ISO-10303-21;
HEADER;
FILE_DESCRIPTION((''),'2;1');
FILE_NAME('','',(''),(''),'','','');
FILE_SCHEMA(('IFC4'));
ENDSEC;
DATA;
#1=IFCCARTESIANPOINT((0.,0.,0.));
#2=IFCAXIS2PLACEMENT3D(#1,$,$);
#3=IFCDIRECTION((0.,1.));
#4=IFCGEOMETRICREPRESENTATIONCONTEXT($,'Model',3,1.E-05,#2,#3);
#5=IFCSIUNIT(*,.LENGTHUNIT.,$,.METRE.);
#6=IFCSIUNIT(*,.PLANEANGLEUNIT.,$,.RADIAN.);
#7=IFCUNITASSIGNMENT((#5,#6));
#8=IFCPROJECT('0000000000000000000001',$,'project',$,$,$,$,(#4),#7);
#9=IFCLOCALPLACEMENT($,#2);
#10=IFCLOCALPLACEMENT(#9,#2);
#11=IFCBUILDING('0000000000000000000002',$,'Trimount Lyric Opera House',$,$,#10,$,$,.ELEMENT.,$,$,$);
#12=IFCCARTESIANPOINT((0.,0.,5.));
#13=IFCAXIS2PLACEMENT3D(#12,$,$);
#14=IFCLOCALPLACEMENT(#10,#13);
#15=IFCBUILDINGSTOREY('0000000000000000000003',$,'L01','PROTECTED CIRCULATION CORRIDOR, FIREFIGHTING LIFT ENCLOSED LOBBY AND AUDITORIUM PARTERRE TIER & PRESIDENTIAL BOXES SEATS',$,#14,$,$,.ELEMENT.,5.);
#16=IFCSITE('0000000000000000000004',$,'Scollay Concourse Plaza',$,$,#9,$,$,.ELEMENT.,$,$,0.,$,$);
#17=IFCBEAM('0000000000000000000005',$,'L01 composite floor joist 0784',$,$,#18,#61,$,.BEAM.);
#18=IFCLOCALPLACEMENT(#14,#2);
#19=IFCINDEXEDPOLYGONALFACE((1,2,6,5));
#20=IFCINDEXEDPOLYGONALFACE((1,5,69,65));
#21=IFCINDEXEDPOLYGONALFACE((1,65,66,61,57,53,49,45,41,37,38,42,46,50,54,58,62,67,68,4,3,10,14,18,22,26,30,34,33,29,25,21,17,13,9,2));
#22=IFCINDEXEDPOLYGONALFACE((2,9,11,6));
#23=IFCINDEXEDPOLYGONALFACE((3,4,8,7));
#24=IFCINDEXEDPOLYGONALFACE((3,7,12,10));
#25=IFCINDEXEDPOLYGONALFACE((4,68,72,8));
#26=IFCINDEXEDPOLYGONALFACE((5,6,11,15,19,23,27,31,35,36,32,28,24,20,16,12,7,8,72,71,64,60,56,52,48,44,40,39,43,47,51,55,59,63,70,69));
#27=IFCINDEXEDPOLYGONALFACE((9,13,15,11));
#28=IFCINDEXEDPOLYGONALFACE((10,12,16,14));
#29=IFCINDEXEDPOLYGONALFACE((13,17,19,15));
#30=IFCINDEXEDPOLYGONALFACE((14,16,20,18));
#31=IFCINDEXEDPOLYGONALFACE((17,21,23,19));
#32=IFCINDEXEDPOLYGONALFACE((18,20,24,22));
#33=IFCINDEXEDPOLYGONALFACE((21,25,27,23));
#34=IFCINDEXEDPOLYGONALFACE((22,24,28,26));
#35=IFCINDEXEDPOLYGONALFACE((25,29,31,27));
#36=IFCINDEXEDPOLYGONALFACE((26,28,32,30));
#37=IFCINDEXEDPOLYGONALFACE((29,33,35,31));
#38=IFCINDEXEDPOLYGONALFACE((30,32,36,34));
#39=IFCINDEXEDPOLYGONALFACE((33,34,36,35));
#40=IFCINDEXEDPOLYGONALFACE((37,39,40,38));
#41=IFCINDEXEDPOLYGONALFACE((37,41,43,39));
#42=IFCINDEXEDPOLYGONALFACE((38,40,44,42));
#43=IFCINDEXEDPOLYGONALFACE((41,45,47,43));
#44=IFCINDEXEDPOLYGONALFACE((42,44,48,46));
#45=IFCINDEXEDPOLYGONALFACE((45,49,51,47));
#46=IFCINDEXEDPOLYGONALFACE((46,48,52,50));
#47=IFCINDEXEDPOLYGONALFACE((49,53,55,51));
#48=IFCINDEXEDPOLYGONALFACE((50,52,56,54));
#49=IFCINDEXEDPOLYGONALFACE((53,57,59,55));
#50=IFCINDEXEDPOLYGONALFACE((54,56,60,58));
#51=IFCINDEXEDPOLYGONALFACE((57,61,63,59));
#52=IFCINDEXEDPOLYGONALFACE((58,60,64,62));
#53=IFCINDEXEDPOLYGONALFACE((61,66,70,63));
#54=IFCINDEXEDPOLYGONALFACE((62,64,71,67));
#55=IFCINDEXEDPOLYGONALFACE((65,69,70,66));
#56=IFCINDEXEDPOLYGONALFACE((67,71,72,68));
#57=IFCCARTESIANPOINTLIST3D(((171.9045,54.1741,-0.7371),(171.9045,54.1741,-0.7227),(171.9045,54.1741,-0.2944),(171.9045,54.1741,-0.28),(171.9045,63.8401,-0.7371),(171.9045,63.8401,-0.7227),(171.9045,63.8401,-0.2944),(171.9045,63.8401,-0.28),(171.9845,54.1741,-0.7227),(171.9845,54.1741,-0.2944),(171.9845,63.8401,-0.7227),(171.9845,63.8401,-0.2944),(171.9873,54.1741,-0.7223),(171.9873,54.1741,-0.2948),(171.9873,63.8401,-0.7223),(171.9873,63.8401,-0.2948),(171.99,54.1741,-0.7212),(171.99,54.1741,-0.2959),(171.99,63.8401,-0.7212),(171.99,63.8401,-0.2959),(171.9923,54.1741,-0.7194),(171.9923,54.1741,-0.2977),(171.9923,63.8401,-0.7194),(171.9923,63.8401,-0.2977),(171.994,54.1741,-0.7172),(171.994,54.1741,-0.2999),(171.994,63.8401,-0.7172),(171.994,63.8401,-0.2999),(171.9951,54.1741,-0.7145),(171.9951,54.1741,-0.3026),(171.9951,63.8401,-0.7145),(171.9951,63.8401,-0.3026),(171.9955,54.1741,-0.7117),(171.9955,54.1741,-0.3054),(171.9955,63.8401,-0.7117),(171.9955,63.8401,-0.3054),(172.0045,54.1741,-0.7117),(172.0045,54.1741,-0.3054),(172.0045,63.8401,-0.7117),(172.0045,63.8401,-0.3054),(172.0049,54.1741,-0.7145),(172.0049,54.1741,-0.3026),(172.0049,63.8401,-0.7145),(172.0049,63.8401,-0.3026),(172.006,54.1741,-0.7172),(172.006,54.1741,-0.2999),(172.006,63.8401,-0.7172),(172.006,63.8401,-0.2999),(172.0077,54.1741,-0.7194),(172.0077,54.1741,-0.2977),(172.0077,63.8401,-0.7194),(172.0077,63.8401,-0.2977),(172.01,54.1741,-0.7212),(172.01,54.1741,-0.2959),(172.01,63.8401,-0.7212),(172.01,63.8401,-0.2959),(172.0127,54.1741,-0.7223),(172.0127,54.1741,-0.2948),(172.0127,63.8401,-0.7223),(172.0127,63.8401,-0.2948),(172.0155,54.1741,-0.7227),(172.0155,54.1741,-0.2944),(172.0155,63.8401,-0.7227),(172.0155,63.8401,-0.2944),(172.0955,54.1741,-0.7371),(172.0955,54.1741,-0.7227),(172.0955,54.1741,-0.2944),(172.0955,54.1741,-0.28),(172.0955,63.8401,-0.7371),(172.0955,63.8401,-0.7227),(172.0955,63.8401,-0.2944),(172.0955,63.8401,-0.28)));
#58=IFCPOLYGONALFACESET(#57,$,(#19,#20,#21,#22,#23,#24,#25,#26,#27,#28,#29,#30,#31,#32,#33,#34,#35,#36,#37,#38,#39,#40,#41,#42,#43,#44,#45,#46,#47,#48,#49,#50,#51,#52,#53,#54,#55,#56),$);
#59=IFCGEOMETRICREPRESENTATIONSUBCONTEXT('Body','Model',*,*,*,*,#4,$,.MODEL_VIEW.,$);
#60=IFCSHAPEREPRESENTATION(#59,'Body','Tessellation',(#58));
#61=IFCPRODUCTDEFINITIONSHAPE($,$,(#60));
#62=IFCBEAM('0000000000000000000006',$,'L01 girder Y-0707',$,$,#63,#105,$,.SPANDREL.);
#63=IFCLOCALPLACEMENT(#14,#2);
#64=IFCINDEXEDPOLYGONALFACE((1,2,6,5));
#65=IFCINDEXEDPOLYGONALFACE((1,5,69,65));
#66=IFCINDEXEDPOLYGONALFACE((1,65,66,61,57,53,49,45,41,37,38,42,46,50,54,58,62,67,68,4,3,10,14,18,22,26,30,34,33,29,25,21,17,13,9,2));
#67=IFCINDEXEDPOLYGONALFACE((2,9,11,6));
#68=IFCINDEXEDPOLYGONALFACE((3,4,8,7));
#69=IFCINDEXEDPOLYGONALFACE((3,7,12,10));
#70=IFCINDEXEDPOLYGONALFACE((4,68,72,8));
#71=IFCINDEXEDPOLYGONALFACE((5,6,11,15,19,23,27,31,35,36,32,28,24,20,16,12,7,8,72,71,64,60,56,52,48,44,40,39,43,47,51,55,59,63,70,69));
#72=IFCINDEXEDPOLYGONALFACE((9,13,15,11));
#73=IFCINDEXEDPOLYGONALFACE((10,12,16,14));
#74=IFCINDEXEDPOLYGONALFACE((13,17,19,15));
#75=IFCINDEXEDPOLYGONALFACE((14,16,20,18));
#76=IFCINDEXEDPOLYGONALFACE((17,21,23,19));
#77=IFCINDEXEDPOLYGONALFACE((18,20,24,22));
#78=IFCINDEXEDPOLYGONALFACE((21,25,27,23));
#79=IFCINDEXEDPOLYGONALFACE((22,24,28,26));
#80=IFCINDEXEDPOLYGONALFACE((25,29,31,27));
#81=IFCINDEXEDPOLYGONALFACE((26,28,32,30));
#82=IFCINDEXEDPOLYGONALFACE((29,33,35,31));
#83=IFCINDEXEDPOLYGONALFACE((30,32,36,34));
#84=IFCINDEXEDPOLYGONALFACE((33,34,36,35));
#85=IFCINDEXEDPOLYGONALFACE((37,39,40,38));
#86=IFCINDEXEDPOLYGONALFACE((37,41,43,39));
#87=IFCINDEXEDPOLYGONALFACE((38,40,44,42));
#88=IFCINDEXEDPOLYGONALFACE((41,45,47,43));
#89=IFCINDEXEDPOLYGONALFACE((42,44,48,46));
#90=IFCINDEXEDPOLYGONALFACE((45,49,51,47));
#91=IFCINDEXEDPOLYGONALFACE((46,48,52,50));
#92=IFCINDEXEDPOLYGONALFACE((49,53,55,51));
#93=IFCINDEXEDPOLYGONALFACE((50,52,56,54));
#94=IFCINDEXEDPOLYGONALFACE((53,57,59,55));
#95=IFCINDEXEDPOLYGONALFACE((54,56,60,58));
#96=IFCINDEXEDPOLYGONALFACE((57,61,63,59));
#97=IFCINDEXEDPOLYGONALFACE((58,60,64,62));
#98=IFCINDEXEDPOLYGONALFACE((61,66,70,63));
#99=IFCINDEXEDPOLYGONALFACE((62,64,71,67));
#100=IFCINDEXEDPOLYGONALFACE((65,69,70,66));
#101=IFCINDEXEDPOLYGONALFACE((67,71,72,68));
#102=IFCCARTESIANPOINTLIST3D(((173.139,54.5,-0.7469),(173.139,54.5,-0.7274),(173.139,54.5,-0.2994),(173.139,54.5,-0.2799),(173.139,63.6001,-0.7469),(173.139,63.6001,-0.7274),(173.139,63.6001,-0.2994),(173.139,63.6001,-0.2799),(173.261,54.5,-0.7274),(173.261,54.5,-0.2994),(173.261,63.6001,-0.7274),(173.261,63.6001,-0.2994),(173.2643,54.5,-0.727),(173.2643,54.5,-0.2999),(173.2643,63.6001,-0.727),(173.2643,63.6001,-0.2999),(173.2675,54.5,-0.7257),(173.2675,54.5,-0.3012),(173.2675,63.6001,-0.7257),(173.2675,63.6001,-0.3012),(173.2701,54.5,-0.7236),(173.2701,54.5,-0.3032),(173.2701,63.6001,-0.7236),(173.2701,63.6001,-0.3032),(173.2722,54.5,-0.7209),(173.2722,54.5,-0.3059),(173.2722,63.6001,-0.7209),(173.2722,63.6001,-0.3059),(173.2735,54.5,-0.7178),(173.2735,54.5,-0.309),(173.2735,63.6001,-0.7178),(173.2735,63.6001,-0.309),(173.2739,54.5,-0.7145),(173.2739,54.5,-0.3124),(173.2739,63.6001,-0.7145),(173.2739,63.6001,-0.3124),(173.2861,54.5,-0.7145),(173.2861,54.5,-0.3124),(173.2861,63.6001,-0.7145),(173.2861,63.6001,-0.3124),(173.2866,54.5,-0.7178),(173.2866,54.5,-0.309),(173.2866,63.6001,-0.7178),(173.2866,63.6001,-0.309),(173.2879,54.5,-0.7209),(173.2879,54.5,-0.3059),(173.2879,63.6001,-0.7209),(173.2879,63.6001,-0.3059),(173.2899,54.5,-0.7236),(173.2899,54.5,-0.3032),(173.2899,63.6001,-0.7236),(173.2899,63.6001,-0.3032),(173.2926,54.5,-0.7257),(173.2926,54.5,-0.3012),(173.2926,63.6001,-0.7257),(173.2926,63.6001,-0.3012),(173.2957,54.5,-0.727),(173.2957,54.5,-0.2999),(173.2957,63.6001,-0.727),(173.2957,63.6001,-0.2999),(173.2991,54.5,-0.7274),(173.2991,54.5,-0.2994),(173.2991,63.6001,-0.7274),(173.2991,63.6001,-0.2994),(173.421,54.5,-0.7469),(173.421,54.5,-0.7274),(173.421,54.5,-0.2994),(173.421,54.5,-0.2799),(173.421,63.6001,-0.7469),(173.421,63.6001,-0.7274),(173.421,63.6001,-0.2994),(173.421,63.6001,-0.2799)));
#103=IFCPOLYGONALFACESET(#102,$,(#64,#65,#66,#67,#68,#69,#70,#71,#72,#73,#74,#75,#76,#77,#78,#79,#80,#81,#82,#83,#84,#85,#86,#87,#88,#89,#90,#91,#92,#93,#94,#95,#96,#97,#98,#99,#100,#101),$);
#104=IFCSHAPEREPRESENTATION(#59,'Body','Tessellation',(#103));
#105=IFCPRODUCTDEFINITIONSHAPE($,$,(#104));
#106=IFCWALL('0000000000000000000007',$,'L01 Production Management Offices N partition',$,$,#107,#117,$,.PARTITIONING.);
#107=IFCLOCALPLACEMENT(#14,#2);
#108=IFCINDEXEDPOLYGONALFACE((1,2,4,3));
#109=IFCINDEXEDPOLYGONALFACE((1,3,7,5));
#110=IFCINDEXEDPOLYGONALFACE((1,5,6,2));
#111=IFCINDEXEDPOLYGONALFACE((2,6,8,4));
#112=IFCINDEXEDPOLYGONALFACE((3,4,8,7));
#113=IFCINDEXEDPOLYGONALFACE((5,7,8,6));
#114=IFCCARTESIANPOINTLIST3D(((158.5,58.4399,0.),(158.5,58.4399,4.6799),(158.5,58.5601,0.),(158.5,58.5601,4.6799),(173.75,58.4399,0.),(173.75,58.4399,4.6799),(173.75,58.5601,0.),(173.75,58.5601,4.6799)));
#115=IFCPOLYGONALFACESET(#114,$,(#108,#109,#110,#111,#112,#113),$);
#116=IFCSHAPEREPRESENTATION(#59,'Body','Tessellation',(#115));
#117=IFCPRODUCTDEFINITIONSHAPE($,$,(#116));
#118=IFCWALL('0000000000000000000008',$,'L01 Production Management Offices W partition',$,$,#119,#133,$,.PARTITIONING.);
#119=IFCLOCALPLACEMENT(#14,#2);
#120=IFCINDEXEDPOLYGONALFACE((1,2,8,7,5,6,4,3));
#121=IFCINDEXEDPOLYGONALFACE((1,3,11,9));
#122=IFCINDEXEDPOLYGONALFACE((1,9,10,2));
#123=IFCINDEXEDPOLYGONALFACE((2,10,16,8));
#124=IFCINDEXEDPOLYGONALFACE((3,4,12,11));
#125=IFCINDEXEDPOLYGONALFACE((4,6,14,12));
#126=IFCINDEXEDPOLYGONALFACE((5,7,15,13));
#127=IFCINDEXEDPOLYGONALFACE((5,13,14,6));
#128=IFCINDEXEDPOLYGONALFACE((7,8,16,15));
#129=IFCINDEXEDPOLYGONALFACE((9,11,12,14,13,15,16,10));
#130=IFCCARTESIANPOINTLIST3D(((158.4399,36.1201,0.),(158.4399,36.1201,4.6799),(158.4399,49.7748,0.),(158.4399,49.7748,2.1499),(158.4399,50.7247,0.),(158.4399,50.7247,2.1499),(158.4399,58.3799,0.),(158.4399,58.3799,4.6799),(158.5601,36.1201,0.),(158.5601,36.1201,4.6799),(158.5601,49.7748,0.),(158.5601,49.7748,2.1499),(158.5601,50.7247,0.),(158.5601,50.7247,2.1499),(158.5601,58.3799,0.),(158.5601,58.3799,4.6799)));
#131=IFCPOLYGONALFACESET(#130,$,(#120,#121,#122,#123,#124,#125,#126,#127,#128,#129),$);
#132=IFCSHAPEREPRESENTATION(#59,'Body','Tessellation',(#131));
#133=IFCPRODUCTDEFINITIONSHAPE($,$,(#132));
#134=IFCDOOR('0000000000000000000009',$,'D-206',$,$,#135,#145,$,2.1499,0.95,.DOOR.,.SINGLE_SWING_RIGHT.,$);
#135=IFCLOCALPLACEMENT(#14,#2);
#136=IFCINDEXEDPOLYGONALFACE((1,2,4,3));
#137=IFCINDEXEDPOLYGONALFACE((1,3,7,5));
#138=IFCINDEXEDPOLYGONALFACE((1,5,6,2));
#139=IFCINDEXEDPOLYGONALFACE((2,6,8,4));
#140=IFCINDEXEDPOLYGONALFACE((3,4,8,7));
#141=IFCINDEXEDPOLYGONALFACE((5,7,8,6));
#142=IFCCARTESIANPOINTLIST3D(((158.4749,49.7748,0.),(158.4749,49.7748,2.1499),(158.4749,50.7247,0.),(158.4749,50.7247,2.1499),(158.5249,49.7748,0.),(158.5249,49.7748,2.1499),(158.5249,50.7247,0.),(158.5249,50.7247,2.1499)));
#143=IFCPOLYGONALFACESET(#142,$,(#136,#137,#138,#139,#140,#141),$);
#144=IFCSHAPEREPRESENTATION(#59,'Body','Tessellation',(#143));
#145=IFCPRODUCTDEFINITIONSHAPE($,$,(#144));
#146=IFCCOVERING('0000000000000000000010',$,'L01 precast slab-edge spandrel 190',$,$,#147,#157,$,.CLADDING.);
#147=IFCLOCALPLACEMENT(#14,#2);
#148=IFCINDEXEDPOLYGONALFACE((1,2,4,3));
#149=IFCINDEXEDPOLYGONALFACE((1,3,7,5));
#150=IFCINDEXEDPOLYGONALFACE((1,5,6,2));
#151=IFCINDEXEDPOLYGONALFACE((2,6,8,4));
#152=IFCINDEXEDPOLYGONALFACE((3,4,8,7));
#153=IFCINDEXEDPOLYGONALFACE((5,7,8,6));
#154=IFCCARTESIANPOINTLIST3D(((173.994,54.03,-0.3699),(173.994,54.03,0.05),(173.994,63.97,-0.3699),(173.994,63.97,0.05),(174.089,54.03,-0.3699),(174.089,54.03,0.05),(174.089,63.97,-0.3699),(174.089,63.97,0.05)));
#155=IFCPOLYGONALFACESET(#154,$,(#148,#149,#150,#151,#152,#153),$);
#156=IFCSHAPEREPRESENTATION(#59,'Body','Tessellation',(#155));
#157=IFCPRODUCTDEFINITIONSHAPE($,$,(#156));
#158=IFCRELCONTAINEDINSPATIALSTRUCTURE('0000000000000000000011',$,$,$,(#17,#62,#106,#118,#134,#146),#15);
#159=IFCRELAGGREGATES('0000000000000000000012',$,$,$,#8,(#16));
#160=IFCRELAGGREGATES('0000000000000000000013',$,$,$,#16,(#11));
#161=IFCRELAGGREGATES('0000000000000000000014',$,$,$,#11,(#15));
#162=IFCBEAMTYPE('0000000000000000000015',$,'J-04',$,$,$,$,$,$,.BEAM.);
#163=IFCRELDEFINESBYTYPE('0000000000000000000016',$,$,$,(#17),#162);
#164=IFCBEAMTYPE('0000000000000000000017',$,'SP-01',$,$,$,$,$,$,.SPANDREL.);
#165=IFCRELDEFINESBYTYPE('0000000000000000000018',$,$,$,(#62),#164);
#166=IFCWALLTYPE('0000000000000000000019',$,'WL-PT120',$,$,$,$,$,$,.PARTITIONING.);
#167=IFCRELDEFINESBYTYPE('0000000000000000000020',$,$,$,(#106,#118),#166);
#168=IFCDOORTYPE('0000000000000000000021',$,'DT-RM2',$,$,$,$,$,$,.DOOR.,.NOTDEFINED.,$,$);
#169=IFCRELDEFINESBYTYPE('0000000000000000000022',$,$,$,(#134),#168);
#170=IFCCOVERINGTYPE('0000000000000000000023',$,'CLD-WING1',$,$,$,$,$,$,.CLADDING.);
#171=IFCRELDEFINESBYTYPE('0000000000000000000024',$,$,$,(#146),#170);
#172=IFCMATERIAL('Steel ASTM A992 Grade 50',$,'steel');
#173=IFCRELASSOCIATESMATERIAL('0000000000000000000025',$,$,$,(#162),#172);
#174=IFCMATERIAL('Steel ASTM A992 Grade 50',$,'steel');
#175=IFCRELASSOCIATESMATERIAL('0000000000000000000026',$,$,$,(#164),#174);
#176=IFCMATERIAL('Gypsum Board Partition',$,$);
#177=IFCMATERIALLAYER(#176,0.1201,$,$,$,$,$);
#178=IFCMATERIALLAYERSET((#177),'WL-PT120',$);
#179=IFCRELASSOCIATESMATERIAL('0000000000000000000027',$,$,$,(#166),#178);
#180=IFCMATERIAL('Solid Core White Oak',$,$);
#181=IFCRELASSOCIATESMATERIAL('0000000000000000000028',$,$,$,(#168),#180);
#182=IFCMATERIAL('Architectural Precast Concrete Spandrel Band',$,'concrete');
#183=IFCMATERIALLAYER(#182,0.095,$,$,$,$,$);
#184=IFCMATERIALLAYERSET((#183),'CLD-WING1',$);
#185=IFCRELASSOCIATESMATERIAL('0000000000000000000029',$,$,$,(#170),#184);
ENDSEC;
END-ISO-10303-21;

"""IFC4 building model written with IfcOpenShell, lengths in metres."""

from ifc_helpers import new_model, si_unit, direction, frame, frame_2d, origin, origin_2d, place, context, subcontext, project, spatial, rectangle, i_section, extrude, material, layer, layer_set, material_profile, profile_set, type_object, element, fill, save


model = new_model("IFC4")

# Units and contexts
model_context = context("Model", 3, precision=1e-05, world=origin(), true_north=direction((0.0, 1.0)))
body_context = subcontext(model_context, "Body", "Model", "MODEL_VIEW")
ifc_project = project(units=[si_unit("LENGTHUNIT", "METRE"), si_unit("PLANEANGLEUNIT", "RADIAN")], contexts=[model_context])

# Site, building, storey
site_placement = place(None, origin())
site = spatial("IfcSite", under=ifc_project, at=site_placement, Name="Scollay Concourse Plaza", CompositionType="ELEMENT", RefElevation=0.0)
building_placement = place(site_placement, origin())
building = spatial("IfcBuilding", under=site, at=building_placement, Name="Trimount Lyric Opera House", CompositionType="ELEMENT")
storey_placement = place(building_placement, frame((0.0, 0.0, 5.0)))
storey = spatial("IfcBuildingStorey", under=building, at=storey_placement, Name="L01", Description="PROTECTED CIRCULATION CORRIDOR, FIREFIGHTING LIFT ENCLOSED LOBBY AND AUDITORIUM PARTERRE TIER & PRESIDENTIAL BOXES SEATS", CompositionType="ELEMENT", Elevation=5.0)

# Beams
ifc_material_1 = material(Name="Steel ASTM A992 Grade 50", Category="steel")
ifc_material_profile_1 = material_profile(ifc_material_1, i_section(OverallWidth=0.1909, OverallDepth=0.457, WebThickness=0.009, FlangeThickness=0.0144, FilletRadius=0.011, at=origin_2d()), Name="W18X50")
ifc_profile_set_1 = profile_set([ifc_material_profile_1], Name="Steel ASTM A992 Grade 50")
beam_type_1 = type_object("IfcBeamType", Name="J-04", PredefinedType="BEAM", material=ifc_profile_set_1)
beam_1_placement = place(storey_placement, frame((172.0, 54.1741, -0.5085), z_axis=(0.0, 1.0, 0.0), x_axis=(-1.0, 0.0, 0.0)))
element("IfcBeam", 1, at=beam_1_placement, inside=storey, type_object=beam_type_1, Name="L01 composite floor joist 0784", PredefinedType="BEAM", context=body_context, shape_type="SweptSolid", body=[
    extrude(i_section(OverallWidth=0.1909, OverallDepth=0.457, WebThickness=0.009, FlangeThickness=0.0144, FilletRadius=0.011, at=origin_2d()), origin(), (0.0, 0.0, 1.0), 9.666),
])
ifc_material_2 = material(Name="Steel ASTM A992 Grade 50", Category="steel")
ifc_material_profile_2 = material_profile(ifc_material_2, i_section(OverallWidth=0.282, OverallDepth=0.467, WebThickness=0.0122, FlangeThickness=0.0195, FilletRadius=0.0129, at=origin_2d()), Name="W18X86")
ifc_profile_set_2 = profile_set([ifc_material_profile_2], Name="Steel ASTM A992 Grade 50")
beam_type_2 = type_object("IfcBeamType", Name="SP-01", PredefinedType="SPANDREL", material=ifc_profile_set_2)
beam_2_placement = place(storey_placement, frame((173.28, 54.5, -0.5134), z_axis=(0.0, 1.0, 0.0), x_axis=(-1.0, 0.0, 0.0)))
element("IfcBeam", 2, at=beam_2_placement, inside=storey, type_object=beam_type_2, Name="L01 girder Y-0707", PredefinedType="SPANDREL", context=body_context, shape_type="SweptSolid", body=[
    extrude(i_section(OverallWidth=0.282, OverallDepth=0.467, WebThickness=0.0122, FlangeThickness=0.0195, FilletRadius=0.0129, at=origin_2d()), origin(), (0.0, 0.0, 1.0), 9.1001),
])

# Wall
ifc_material_3 = material(Name="Gypsum Board Partition")
ifc_layer_1 = layer(ifc_material_3, 0.1201)
ifc_layer_set_1 = layer_set([ifc_layer_1], Name="WL-PT120")
wall_type = type_object("IfcWallType", Name="WL-PT120", PredefinedType="PARTITIONING", material=ifc_layer_set_1)
wall_1_placement = place(storey_placement, frame((173.75, 58.5, 0.0), z_axis=(0.0, 0.0, 1.0), x_axis=(-1.0, 0.0, 0.0)))
element("IfcWall", 3, at=wall_1_placement, inside=storey, type_object=wall_type, Name="L01 Production Management Offices N partition", PredefinedType="PARTITIONING", context=body_context, shape_type="SweptSolid", body=[
    extrude(rectangle(XDim=15.25, YDim=0.1201, at=frame_2d((7.625, 0.0))), origin(), (0.0, 0.0, 1.0), 4.6799),
])

# Wall, opening, door
wall_2_placement = place(storey_placement, frame((158.5, 58.3799, 0.0), z_axis=(0.0, 0.0, 1.0), x_axis=(0.0, -1.0, 0.0)))
wall_2 = element("IfcWall", 4, at=wall_2_placement, inside=storey, type_object=wall_type, Name="L01 Production Management Offices W partition", PredefinedType="PARTITIONING", context=body_context, shape_type="SweptSolid", body=[
    extrude(rectangle(XDim=22.2598, YDim=0.1201, at=frame_2d((11.1299, 0.0))), origin(), (0.0, 0.0, 1.0), 4.6799),
])
opening_placement = place(wall_2_placement, frame((7.655, 0.0, 0.0)))
opening = element("IfcOpeningElement", 5, at=opening_placement, cuts=wall_2, PredefinedType="OPENING", context=body_context, shape_type="SweptSolid", body=[
    extrude(rectangle(XDim=0.95, YDim=2.1499, at=frame_2d((0.4751, 1.075))), frame((0.0, 0.0701, 0.0), z_axis=(0.0, -1.0, 0.0), x_axis=(1.0, 0.0, 0.0)), (0.0, 0.0, 1.0), 0.1401),
])
ifc_material_4 = material(Name="Solid Core White Oak")
door_type = type_object("IfcDoorType", Name="DT-RM2", OperationType="NOTDEFINED", PredefinedType="DOOR", material=ifc_material_4)
door_placement = place(opening_placement, origin())
door = element("IfcDoor", 6, at=door_placement, inside=storey, type_object=door_type, Name="D-206", OperationType="SINGLE_SWING_RIGHT", OverallHeight=2.1499, OverallWidth=0.95, PredefinedType="DOOR", context=body_context, shape_type="SweptSolid", body=[
    extrude(rectangle(XDim=0.95, YDim=2.1499, at=frame_2d((0.4751, 1.075))), frame((0.0, 0.0249, 0.0), z_axis=(0.0, -1.0, 0.0), x_axis=(1.0, 0.0, 0.0)), (0.0, 0.0, 1.0), 0.05),
])
fill(opening, door)

# Covering
ifc_material_5 = material(Name="Architectural Precast Concrete Spandrel Band", Category="concrete")
ifc_layer_2 = layer(ifc_material_5, 0.095)
ifc_layer_set_2 = layer_set([ifc_layer_2], Name="CLD-WING1")
covering_type = type_object("IfcCoveringType", Name="CLD-WING1", PredefinedType="CLADDING", material=ifc_layer_set_2)
covering_placement = place(storey_placement, frame((174.0415, 59.0, -0.3699), z_axis=(0.0, 0.0, 1.0), x_axis=(0.0, -1.0, 0.0)))
element("IfcCovering", 7, at=covering_placement, inside=storey, type_object=covering_type, Name="L01 precast slab-edge spandrel 190", PredefinedType="CLADDING", context=body_context, shape_type="SweptSolid", body=[
    extrude(rectangle(XDim=9.9399, YDim=0.095, at=origin_2d()), origin(), (0.0, 0.0, 1.0), 0.4199),
])

save(model, "model.ifc")
